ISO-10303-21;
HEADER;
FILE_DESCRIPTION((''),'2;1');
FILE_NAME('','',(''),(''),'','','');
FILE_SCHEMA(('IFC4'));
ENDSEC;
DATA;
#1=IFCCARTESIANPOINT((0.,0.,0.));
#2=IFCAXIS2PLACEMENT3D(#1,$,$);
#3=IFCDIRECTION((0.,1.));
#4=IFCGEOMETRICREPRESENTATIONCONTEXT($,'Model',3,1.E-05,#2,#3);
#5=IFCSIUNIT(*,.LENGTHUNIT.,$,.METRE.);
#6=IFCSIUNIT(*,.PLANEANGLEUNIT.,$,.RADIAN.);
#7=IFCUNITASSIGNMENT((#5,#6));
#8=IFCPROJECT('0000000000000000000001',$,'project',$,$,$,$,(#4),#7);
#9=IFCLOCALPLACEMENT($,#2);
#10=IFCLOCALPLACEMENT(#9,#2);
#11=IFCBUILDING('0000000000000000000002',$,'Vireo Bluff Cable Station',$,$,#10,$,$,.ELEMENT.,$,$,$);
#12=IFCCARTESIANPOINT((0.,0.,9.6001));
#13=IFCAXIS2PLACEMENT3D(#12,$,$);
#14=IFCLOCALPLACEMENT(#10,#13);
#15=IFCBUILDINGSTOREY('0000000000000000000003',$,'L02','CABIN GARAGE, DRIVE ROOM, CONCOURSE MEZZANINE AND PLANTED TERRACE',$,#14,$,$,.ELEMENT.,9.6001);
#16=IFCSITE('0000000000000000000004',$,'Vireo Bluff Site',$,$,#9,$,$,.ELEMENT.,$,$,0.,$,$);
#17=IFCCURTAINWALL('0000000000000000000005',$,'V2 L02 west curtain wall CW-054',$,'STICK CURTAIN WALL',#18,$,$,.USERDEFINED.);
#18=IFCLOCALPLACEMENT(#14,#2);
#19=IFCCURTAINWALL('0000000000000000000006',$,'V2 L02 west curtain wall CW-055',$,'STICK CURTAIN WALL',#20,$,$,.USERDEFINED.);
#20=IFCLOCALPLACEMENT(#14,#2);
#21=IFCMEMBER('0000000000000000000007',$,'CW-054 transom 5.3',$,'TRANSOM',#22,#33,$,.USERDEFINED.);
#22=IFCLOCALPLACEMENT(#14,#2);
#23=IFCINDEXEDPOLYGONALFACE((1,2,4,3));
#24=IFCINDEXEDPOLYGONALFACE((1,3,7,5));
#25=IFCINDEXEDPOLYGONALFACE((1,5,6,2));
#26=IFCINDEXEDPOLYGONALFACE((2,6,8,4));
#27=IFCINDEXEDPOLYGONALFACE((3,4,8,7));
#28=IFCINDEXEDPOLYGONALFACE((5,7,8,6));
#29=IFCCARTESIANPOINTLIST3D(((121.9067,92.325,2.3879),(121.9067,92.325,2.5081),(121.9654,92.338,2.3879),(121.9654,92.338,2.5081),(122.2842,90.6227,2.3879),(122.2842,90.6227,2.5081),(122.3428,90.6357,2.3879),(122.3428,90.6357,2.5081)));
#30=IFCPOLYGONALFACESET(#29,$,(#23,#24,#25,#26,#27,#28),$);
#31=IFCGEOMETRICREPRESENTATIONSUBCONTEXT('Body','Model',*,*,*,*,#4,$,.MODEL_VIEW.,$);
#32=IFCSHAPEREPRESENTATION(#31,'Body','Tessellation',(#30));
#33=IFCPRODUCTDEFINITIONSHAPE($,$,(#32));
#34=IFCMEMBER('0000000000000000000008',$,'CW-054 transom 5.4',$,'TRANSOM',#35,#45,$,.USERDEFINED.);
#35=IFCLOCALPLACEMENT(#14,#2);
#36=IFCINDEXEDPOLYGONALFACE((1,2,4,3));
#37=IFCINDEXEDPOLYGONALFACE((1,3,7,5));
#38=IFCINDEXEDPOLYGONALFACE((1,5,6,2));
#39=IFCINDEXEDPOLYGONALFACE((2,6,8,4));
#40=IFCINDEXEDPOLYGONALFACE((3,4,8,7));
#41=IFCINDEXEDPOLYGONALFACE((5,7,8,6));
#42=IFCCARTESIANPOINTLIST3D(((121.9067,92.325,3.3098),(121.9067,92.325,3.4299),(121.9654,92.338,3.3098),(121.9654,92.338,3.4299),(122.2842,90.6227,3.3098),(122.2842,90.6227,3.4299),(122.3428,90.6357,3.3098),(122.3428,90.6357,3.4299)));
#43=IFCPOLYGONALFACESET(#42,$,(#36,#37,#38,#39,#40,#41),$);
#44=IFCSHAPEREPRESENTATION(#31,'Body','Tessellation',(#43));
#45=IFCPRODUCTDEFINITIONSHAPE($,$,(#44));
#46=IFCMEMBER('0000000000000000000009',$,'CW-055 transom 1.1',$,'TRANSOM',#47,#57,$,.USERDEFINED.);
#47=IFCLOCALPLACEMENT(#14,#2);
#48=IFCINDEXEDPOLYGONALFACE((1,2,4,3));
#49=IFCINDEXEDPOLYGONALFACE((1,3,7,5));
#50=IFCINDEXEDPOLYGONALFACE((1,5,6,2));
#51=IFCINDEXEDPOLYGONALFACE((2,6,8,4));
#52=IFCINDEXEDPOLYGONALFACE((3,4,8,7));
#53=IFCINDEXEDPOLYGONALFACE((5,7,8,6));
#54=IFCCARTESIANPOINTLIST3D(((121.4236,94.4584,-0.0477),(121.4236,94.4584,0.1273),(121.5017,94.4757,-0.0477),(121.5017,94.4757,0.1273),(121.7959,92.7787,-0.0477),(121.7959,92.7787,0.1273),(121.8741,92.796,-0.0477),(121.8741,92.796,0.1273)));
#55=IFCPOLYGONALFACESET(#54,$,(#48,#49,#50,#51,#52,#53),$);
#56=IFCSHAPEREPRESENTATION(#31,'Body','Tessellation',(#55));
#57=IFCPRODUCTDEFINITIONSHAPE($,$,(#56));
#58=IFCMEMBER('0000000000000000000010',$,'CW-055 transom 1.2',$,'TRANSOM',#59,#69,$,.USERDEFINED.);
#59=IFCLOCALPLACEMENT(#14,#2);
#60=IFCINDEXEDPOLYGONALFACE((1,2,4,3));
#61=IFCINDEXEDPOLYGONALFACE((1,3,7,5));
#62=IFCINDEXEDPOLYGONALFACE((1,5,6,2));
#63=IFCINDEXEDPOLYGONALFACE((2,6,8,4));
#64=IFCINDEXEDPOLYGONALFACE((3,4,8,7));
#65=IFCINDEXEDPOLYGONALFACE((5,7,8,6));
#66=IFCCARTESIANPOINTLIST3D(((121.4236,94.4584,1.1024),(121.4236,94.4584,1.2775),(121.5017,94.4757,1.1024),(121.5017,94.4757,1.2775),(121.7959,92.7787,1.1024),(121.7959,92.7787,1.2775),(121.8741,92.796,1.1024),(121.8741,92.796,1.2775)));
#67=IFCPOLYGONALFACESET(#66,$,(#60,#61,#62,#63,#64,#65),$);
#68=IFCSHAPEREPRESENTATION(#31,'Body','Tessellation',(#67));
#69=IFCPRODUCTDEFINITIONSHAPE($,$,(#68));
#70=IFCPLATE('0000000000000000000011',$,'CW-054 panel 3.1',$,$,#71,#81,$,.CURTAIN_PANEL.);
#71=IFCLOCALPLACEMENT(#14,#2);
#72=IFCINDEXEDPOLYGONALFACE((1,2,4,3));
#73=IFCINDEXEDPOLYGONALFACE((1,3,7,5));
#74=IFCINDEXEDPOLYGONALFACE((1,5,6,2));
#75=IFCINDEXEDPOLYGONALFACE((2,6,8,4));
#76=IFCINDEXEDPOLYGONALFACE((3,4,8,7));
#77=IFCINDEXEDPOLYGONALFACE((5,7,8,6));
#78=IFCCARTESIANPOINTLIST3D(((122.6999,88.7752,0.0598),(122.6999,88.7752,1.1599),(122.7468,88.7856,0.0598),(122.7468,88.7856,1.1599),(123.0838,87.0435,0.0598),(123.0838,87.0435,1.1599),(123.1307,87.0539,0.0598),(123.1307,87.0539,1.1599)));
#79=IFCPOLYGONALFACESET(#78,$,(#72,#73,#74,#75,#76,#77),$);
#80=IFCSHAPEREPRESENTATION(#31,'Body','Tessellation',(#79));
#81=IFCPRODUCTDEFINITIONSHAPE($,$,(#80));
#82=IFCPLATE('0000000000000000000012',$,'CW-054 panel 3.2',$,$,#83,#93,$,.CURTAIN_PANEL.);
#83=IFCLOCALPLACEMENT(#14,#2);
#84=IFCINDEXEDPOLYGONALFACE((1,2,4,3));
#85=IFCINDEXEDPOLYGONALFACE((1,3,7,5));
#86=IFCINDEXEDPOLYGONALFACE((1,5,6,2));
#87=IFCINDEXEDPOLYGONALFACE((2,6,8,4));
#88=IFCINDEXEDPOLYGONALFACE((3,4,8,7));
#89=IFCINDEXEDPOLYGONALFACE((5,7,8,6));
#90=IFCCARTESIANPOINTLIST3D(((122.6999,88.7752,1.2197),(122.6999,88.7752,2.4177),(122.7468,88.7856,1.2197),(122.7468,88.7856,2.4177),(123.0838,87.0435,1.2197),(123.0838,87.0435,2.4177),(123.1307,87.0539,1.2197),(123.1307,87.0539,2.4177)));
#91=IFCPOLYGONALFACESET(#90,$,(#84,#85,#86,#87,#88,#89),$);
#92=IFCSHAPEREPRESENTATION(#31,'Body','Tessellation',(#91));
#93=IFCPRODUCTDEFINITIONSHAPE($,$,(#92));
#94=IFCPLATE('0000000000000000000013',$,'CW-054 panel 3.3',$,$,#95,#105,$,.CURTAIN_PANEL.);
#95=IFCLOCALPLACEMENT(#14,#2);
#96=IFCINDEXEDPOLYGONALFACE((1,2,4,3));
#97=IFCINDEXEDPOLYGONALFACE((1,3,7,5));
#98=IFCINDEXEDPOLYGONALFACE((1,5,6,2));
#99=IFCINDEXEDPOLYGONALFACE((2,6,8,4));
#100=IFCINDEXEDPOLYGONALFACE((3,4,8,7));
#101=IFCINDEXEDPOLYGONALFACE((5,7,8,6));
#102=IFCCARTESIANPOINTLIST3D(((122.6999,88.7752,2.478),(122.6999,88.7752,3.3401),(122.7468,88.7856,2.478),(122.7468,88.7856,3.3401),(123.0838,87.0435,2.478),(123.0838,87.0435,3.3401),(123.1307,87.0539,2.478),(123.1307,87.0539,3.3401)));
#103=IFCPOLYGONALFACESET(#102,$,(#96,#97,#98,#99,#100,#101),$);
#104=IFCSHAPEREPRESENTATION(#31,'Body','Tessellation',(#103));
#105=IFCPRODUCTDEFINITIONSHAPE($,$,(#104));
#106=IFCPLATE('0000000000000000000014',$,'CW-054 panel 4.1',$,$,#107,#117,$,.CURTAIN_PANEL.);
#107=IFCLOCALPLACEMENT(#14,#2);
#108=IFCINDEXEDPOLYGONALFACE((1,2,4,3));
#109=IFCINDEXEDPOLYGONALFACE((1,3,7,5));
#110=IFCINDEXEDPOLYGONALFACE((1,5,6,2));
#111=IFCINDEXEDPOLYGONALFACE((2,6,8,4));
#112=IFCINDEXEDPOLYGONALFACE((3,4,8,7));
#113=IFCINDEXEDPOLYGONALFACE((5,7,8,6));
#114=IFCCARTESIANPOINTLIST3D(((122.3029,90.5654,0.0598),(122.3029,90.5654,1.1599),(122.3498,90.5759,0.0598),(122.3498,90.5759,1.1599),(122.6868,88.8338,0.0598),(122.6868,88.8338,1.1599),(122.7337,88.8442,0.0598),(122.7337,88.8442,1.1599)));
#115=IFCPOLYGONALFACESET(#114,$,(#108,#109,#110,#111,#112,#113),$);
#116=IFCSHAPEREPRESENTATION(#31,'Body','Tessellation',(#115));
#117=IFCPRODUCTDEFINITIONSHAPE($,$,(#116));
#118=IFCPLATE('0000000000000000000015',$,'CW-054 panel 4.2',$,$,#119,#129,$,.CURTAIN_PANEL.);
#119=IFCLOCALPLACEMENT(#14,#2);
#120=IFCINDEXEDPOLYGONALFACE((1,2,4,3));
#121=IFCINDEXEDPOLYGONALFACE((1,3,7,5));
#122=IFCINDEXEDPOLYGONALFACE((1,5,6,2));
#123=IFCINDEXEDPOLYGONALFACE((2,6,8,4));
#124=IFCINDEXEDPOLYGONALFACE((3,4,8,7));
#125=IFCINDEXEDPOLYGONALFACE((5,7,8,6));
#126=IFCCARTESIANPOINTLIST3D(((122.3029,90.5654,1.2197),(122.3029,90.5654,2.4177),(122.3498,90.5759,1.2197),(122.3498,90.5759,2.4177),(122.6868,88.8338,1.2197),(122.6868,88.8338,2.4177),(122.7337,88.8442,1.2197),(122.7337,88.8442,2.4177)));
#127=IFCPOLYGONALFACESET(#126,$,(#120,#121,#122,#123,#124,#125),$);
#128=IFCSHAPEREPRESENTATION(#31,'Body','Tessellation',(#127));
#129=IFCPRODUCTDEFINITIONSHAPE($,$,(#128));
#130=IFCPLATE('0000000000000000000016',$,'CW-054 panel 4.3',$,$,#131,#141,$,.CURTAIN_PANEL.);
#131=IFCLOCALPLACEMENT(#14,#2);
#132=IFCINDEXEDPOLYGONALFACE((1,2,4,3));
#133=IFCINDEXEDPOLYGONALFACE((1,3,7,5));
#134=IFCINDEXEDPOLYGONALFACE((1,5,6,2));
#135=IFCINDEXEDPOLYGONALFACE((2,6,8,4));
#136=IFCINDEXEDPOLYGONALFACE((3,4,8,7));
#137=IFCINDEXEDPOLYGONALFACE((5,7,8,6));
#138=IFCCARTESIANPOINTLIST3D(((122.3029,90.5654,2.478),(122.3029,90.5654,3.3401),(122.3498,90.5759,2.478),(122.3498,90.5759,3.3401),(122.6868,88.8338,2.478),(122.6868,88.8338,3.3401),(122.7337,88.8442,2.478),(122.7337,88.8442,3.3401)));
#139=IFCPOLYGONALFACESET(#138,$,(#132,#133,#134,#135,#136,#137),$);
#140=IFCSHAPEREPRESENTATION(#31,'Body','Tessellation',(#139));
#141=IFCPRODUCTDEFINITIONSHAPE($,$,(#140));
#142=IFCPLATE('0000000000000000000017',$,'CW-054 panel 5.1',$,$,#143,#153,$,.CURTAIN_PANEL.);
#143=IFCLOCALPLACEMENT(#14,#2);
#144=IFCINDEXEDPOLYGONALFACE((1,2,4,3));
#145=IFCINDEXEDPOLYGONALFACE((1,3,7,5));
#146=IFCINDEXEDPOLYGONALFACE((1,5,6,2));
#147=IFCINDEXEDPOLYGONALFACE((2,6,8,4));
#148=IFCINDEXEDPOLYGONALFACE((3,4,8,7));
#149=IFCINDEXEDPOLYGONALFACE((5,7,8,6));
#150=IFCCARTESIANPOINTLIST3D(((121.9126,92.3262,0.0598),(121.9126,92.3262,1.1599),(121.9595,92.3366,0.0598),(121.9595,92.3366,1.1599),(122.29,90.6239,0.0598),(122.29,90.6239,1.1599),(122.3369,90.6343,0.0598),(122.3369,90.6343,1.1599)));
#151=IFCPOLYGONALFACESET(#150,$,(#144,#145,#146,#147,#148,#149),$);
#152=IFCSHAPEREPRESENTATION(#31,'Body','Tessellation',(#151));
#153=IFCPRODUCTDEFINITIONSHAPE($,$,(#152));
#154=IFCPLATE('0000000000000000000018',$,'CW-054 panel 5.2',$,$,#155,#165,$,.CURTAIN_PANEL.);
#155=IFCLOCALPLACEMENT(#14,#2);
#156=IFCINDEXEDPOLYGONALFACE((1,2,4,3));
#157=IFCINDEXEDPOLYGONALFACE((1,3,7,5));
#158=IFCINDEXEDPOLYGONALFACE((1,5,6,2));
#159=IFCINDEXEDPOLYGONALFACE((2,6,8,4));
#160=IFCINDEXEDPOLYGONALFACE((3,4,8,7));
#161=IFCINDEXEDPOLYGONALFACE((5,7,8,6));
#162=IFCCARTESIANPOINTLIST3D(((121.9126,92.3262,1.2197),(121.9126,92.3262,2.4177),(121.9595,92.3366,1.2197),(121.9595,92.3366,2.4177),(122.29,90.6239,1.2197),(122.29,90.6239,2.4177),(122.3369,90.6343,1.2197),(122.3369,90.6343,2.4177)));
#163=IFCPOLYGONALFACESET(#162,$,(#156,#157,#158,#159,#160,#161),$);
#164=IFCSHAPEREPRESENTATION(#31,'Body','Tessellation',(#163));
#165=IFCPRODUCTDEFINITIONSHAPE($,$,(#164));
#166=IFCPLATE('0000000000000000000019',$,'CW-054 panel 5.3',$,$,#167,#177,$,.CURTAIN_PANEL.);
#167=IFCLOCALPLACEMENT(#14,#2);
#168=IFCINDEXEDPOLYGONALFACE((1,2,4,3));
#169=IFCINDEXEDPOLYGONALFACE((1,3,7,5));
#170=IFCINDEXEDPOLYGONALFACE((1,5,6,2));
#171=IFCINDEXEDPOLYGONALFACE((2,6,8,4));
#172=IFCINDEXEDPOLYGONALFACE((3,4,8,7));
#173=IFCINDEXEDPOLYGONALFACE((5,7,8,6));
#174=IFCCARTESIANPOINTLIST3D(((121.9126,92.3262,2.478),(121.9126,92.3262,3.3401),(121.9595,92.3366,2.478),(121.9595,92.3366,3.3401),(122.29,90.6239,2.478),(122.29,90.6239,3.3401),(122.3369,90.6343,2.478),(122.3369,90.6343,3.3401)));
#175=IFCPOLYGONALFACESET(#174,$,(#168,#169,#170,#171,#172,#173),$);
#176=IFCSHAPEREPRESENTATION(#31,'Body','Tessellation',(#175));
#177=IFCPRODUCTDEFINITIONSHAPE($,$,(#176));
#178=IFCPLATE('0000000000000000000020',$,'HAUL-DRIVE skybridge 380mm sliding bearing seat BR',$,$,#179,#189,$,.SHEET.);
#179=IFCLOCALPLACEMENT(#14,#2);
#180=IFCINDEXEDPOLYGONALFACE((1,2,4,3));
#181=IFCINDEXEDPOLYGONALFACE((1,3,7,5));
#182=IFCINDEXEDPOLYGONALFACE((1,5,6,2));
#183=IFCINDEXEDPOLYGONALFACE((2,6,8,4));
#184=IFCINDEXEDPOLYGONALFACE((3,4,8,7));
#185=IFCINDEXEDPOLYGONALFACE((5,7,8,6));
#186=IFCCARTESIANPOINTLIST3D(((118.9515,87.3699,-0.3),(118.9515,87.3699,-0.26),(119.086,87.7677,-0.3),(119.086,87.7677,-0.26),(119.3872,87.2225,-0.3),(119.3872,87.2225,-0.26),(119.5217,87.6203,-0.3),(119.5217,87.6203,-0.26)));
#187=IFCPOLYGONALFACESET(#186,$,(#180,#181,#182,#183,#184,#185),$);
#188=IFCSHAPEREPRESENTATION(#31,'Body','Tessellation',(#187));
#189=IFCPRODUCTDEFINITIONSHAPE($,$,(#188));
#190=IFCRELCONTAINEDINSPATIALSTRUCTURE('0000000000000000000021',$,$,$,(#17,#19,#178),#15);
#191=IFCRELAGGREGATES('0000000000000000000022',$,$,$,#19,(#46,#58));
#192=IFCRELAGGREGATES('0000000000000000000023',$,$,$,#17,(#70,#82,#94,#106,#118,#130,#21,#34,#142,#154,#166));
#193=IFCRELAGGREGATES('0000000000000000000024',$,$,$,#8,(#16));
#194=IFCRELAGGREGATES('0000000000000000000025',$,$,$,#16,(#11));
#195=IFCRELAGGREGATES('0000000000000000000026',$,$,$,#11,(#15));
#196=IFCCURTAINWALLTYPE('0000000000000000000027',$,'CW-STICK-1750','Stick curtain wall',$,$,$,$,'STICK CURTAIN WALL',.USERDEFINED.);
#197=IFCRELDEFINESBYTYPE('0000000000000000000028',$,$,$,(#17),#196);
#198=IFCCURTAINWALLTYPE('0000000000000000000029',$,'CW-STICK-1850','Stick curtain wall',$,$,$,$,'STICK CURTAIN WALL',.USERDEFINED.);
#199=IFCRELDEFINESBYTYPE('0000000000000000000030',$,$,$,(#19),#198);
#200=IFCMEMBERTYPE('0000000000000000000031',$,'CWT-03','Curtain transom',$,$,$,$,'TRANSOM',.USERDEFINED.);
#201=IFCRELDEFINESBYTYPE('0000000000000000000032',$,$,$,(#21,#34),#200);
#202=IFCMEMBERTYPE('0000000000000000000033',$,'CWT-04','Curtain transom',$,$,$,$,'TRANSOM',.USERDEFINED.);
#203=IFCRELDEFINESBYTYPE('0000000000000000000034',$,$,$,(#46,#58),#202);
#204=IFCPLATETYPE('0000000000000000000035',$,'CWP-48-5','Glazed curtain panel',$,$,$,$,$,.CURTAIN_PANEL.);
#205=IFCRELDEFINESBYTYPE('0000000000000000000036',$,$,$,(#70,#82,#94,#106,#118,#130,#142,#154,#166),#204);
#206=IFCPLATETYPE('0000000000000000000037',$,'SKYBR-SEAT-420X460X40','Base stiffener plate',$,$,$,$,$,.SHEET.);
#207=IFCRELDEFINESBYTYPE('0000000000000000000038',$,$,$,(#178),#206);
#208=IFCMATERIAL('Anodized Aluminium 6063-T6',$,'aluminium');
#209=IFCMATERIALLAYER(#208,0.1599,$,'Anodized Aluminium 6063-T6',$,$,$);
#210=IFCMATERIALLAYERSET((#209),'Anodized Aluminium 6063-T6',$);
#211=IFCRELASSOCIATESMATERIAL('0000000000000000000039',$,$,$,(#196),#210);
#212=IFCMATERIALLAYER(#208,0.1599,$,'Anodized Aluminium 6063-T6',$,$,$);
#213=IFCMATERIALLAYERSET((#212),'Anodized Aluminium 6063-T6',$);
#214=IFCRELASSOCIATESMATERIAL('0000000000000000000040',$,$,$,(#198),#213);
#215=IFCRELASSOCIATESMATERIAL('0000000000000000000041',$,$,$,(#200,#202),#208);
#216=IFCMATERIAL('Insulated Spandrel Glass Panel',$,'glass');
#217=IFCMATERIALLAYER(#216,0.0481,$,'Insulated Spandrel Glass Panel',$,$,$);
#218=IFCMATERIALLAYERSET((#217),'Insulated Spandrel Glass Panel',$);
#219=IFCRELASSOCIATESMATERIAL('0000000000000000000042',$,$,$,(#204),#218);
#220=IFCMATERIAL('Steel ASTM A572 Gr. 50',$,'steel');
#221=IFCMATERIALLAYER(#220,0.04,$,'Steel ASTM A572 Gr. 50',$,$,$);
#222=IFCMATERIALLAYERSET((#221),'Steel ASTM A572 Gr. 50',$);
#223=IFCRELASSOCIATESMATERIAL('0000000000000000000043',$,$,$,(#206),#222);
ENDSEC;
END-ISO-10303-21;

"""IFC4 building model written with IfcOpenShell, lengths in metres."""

from ifc_helpers import new_model, si_unit, direction, frame, origin, origin_2d, place, context, subcontext, project, spatial, rectangle, extrude, material, layer, layer_set, material_profile, profile_set, type_object, element, aggregate, save


model = new_model("IFC4")

# Units and contexts
model_context = context("Model", 3, precision=1e-05, world=origin(), true_north=direction((0.0, 1.0)))
body_context = subcontext(model_context, "Body", "Model", "MODEL_VIEW")
ifc_project = project(units=[si_unit("LENGTHUNIT", "METRE"), si_unit("PLANEANGLEUNIT", "RADIAN")], contexts=[model_context])

# Site, building, storey
site_placement = place(None, origin())
site = spatial("IfcSite", under=ifc_project, at=site_placement, Name="Vireo Bluff Site", CompositionType="ELEMENT", RefElevation=0.0)
building_placement = place(site_placement, origin())
building = spatial("IfcBuilding", under=site, at=building_placement, Name="Vireo Bluff Cable Station", CompositionType="ELEMENT")
storey_placement = place(building_placement, frame((0.0, 0.0, 9.6001)))
storey = spatial("IfcBuildingStorey", under=building, at=storey_placement, Name="L02", Description="CABIN GARAGE, DRIVE ROOM, CONCOURSE MEZZANINE AND PLANTED TERRACE", CompositionType="ELEMENT", Elevation=9.6001)

# Curtain wall
ifc_material_1 = material(Name="Anodized Aluminium 6063-T6", Category="aluminium")
ifc_layer_1 = layer(ifc_material_1, 0.1599, Name="Anodized Aluminium 6063-T6")
ifc_layer_set_1 = layer_set([ifc_layer_1], Name="Anodized Aluminium 6063-T6")
curtain_wall_type_1 = type_object("IfcCurtainWallType", Name="CW-STICK-1750", Description="Stick curtain wall", ElementType="STICK CURTAIN WALL", PredefinedType="USERDEFINED", material=ifc_layer_set_1)
curtain_wall_1_placement = place(storey_placement, origin())
curtain_wall_1 = element("IfcCurtainWall", 1, at=curtain_wall_1_placement, inside=storey, type_object=curtain_wall_type_1, Name="V2 L02 west curtain wall CW-054", ObjectType="STICK CURTAIN WALL", PredefinedType="USERDEFINED")

# Curtain wall
ifc_layer_2 = layer(ifc_material_1, 0.1599, Name="Anodized Aluminium 6063-T6")
ifc_layer_set_2 = layer_set([ifc_layer_2], Name="Anodized Aluminium 6063-T6")
curtain_wall_type_2 = type_object("IfcCurtainWallType", Name="CW-STICK-1850", Description="Stick curtain wall", ElementType="STICK CURTAIN WALL", PredefinedType="USERDEFINED", material=ifc_layer_set_2)
curtain_wall_2_placement = place(storey_placement, origin())
curtain_wall_2 = element("IfcCurtainWall", 2, at=curtain_wall_2_placement, inside=storey, type_object=curtain_wall_type_2, Name="V2 L02 west curtain wall CW-055", ObjectType="STICK CURTAIN WALL", PredefinedType="USERDEFINED")

# Members
ifc_material_profile_1 = material_profile(ifc_material_1, rectangle(XDim=0.0601, YDim=0.1201, at=origin_2d()), Name="ALU-T-60X120")
ifc_profile_set_1 = profile_set([ifc_material_profile_1], Name="Anodized Aluminium 6063-T6")
member_type_1 = type_object("IfcMemberType", Name="CWT-03", Description="Curtain transom", ElementType="TRANSOM", PredefinedType="USERDEFINED", material=ifc_profile_set_1)
member_1_placement = place(storey_placement, frame((122.3135, 90.6292, 2.448), z_axis=(-0.216456, 0.976292, 0.0), x_axis=(-0.976292, -0.216456, 0.0)))
member_1 = element("IfcMember", 3, at=member_1_placement, type_object=member_type_1, Name="CW-054 transom 5.3", ObjectType="TRANSOM", PredefinedType="USERDEFINED", context=body_context, shape_type="SweptSolid", body=[
    extrude(rectangle(XDim=0.0601, YDim=0.1201, at=origin_2d()), origin(), (0.0, 0.0, 1.0), 1.7437),
])
member_2_placement = place(storey_placement, frame((122.3135, 90.6292, 3.3699), z_axis=(-0.216456, 0.976292, 0.0), x_axis=(-0.976292, -0.216456, 0.0)))
member_2 = element("IfcMember", 4, at=member_2_placement, type_object=member_type_1, Name="CW-054 transom 5.4", ObjectType="TRANSOM", PredefinedType="USERDEFINED", context=body_context, shape_type="SweptSolid", body=[
    extrude(rectangle(XDim=0.0601, YDim=0.1201, at=origin_2d()), origin(), (0.0, 0.0, 1.0), 1.7437),
])
ifc_material_profile_2 = material_profile(ifc_material_1, rectangle(XDim=0.0801, YDim=0.175, at=origin_2d()), Name="ALU-T-80X175")
ifc_profile_set_2 = profile_set([ifc_material_profile_2], Name="Anodized Aluminium 6063-T6")
member_type_2 = type_object("IfcMemberType", Name="CWT-04", Description="Curtain transom", ElementType="TRANSOM", PredefinedType="USERDEFINED", material=ifc_profile_set_2)
member_3_placement = place(storey_placement, frame((121.835, 92.7874, 0.0398), z_axis=(-0.216405, 0.976304, 0.0), x_axis=(-0.976304, -0.216405, 0.0)))
member_3 = element("IfcMember", 5, at=member_3_placement, type_object=member_type_2, Name="CW-055 transom 1.1", ObjectType="TRANSOM", PredefinedType="USERDEFINED", context=body_context, shape_type="SweptSolid", body=[
    extrude(rectangle(XDim=0.0801, YDim=0.175, at=origin_2d()), origin(), (0.0, 0.0, 1.0), 1.7205),
])
member_4_placement = place(storey_placement, frame((121.835, 92.7874, 1.1899), z_axis=(-0.216405, 0.976304, 0.0), x_axis=(-0.976304, -0.216405, 0.0)))
member_4 = element("IfcMember", 6, at=member_4_placement, type_object=member_type_2, Name="CW-055 transom 1.2", ObjectType="TRANSOM", PredefinedType="USERDEFINED", context=body_context, shape_type="SweptSolid", body=[
    extrude(rectangle(XDim=0.0801, YDim=0.175, at=origin_2d()), origin(), (0.0, 0.0, 1.0), 1.7205),
])
aggregate(curtain_wall_2, [member_3, member_4])

# Plates
ifc_material_2 = material(Name="Insulated Spandrel Glass Panel", Category="glass")
ifc_layer_3 = layer(ifc_material_2, 0.0481, Name="Insulated Spandrel Glass Panel")
ifc_layer_set_3 = layer_set([ifc_layer_3], Name="Insulated Spandrel Glass Panel")
plate_type_1 = type_object("IfcPlateType", Name="CWP-48-5", Description="Glazed curtain panel", PredefinedType="CURTAIN_PANEL", material=ifc_layer_set_3)
plate_1_placement = place(storey_placement, frame((122.9153, 87.9146, 0.0598), z_axis=(0.0, 0.0, 1.0), x_axis=(-0.21644, 0.976296, 0.0)))
plate_1 = element("IfcPlate", 7, at=plate_1_placement, type_object=plate_type_1, Name="CW-054 panel 3.1", PredefinedType="CURTAIN_PANEL", context=body_context, shape_type="SweptSolid", body=[
    extrude(rectangle(XDim=1.7737, YDim=0.0481, at=origin_2d()), origin(), (0.0, 0.0, 1.0), 1.1001),
])
plate_2_placement = place(storey_placement, frame((122.9153, 87.9146, 1.2197), z_axis=(0.0, 0.0, 1.0), x_axis=(-0.21644, 0.976296, 0.0)))
plate_2 = element("IfcPlate", 8, at=plate_2_placement, type_object=plate_type_1, Name="CW-054 panel 3.2", PredefinedType="CURTAIN_PANEL", context=body_context, shape_type="SweptSolid", body=[
    extrude(rectangle(XDim=1.7737, YDim=0.0481, at=origin_2d()), origin(), (0.0, 0.0, 1.0), 1.198),
])
plate_3_placement = place(storey_placement, frame((122.9153, 87.9146, 2.478), z_axis=(0.0, 0.0, 1.0), x_axis=(-0.21644, 0.976296, 0.0)))
plate_3 = element("IfcPlate", 9, at=plate_3_placement, type_object=plate_type_1, Name="CW-054 panel 3.3", PredefinedType="CURTAIN_PANEL", context=body_context, shape_type="SweptSolid", body=[
    extrude(rectangle(XDim=1.7737, YDim=0.0481, at=origin_2d()), origin(), (0.0, 0.0, 1.0), 0.8621),
])
plate_4_placement = place(storey_placement, frame((122.5183, 89.7048, 0.0598), z_axis=(0.0, 0.0, 1.0), x_axis=(-0.21644, 0.976296, 0.0)))
plate_4 = element("IfcPlate", 10, at=plate_4_placement, type_object=plate_type_1, Name="CW-054 panel 4.1", PredefinedType="CURTAIN_PANEL", context=body_context, shape_type="SweptSolid", body=[
    extrude(rectangle(XDim=1.7737, YDim=0.0481, at=origin_2d()), origin(), (0.0, 0.0, 1.0), 1.1001),
])
plate_5_placement = place(storey_placement, frame((122.5183, 89.7048, 1.2197), z_axis=(0.0, 0.0, 1.0), x_axis=(-0.21644, 0.976296, 0.0)))
plate_5 = element("IfcPlate", 11, at=plate_5_placement, type_object=plate_type_1, Name="CW-054 panel 4.2", PredefinedType="CURTAIN_PANEL", context=body_context, shape_type="SweptSolid", body=[
    extrude(rectangle(XDim=1.7737, YDim=0.0481, at=origin_2d()), origin(), (0.0, 0.0, 1.0), 1.198),
])
plate_6_placement = place(storey_placement, frame((122.5183, 89.7048, 2.478), z_axis=(0.0, 0.0, 1.0), x_axis=(-0.21644, 0.976296, 0.0)))
plate_6 = element("IfcPlate", 12, at=plate_6_placement, type_object=plate_type_1, Name="CW-054 panel 4.3", PredefinedType="CURTAIN_PANEL", context=body_context, shape_type="SweptSolid", body=[
    extrude(rectangle(XDim=1.7737, YDim=0.0481, at=origin_2d()), origin(), (0.0, 0.0, 1.0), 0.8621),
])
plate_7_placement = place(storey_placement, frame((122.1248, 91.4802, 0.0598), z_axis=(0.0, 0.0, 1.0), x_axis=(-0.21644, 0.976296, 0.0)))
plate_7 = element("IfcPlate", 13, at=plate_7_placement, type_object=plate_type_1, Name="CW-054 panel 5.1", PredefinedType="CURTAIN_PANEL", context=body_context, shape_type="SweptSolid", body=[
    extrude(rectangle(XDim=1.7437, YDim=0.0481, at=origin_2d()), origin(), (0.0, 0.0, 1.0), 1.1001),
])
plate_8_placement = place(storey_placement, frame((122.1248, 91.4802, 1.2197), z_axis=(0.0, 0.0, 1.0), x_axis=(-0.21644, 0.976296, 0.0)))
plate_8 = element("IfcPlate", 14, at=plate_8_placement, type_object=plate_type_1, Name="CW-054 panel 5.2", PredefinedType="CURTAIN_PANEL", context=body_context, shape_type="SweptSolid", body=[
    extrude(rectangle(XDim=1.7437, YDim=0.0481, at=origin_2d()), origin(), (0.0, 0.0, 1.0), 1.198),
])
plate_9_placement = place(storey_placement, frame((122.1248, 91.4802, 2.478), z_axis=(0.0, 0.0, 1.0), x_axis=(-0.21644, 0.976296, 0.0)))
plate_9 = element("IfcPlate", 15, at=plate_9_placement, type_object=plate_type_1, Name="CW-054 panel 5.3", PredefinedType="CURTAIN_PANEL", context=body_context, shape_type="SweptSolid", body=[
    extrude(rectangle(XDim=1.7437, YDim=0.0481, at=origin_2d()), origin(), (0.0, 0.0, 1.0), 0.8621),
])
aggregate(curtain_wall_1, [plate_1, plate_2, plate_3, plate_4, plate_5, plate_6, member_1, member_2, plate_7, plate_8, plate_9])
ifc_material_3 = material(Name="Steel ASTM A572 Gr. 50", Category="steel")
ifc_layer_4 = layer(ifc_material_3, 0.04, Name="Steel ASTM A572 Gr. 50")
ifc_layer_set_4 = layer_set([ifc_layer_4], Name="Steel ASTM A572 Gr. 50")
plate_type_2 = type_object("IfcPlateType", Name="SKYBR-SEAT-420X460X40", Description="Base stiffener plate", PredefinedType="SHEET", material=ifc_layer_set_4)
plate_10_placement = place(storey_placement, frame((119.2366, 87.4951, -0.3), z_axis=(0.0, 0.0, 1.0), x_axis=(0.320352, 0.947299, 0.0)))
element("IfcPlate", 16, at=plate_10_placement, inside=storey, type_object=plate_type_2, Name="HAUL-DRIVE skybridge 380mm sliding bearing seat BR", PredefinedType="SHEET", context=body_context, shape_type="SweptSolid", body=[
    extrude(rectangle(XDim=0.4199, YDim=0.46, at=origin_2d()), origin(), (0.0, 0.0, 1.0), 0.04),
])

save(model, "model.ifc")
